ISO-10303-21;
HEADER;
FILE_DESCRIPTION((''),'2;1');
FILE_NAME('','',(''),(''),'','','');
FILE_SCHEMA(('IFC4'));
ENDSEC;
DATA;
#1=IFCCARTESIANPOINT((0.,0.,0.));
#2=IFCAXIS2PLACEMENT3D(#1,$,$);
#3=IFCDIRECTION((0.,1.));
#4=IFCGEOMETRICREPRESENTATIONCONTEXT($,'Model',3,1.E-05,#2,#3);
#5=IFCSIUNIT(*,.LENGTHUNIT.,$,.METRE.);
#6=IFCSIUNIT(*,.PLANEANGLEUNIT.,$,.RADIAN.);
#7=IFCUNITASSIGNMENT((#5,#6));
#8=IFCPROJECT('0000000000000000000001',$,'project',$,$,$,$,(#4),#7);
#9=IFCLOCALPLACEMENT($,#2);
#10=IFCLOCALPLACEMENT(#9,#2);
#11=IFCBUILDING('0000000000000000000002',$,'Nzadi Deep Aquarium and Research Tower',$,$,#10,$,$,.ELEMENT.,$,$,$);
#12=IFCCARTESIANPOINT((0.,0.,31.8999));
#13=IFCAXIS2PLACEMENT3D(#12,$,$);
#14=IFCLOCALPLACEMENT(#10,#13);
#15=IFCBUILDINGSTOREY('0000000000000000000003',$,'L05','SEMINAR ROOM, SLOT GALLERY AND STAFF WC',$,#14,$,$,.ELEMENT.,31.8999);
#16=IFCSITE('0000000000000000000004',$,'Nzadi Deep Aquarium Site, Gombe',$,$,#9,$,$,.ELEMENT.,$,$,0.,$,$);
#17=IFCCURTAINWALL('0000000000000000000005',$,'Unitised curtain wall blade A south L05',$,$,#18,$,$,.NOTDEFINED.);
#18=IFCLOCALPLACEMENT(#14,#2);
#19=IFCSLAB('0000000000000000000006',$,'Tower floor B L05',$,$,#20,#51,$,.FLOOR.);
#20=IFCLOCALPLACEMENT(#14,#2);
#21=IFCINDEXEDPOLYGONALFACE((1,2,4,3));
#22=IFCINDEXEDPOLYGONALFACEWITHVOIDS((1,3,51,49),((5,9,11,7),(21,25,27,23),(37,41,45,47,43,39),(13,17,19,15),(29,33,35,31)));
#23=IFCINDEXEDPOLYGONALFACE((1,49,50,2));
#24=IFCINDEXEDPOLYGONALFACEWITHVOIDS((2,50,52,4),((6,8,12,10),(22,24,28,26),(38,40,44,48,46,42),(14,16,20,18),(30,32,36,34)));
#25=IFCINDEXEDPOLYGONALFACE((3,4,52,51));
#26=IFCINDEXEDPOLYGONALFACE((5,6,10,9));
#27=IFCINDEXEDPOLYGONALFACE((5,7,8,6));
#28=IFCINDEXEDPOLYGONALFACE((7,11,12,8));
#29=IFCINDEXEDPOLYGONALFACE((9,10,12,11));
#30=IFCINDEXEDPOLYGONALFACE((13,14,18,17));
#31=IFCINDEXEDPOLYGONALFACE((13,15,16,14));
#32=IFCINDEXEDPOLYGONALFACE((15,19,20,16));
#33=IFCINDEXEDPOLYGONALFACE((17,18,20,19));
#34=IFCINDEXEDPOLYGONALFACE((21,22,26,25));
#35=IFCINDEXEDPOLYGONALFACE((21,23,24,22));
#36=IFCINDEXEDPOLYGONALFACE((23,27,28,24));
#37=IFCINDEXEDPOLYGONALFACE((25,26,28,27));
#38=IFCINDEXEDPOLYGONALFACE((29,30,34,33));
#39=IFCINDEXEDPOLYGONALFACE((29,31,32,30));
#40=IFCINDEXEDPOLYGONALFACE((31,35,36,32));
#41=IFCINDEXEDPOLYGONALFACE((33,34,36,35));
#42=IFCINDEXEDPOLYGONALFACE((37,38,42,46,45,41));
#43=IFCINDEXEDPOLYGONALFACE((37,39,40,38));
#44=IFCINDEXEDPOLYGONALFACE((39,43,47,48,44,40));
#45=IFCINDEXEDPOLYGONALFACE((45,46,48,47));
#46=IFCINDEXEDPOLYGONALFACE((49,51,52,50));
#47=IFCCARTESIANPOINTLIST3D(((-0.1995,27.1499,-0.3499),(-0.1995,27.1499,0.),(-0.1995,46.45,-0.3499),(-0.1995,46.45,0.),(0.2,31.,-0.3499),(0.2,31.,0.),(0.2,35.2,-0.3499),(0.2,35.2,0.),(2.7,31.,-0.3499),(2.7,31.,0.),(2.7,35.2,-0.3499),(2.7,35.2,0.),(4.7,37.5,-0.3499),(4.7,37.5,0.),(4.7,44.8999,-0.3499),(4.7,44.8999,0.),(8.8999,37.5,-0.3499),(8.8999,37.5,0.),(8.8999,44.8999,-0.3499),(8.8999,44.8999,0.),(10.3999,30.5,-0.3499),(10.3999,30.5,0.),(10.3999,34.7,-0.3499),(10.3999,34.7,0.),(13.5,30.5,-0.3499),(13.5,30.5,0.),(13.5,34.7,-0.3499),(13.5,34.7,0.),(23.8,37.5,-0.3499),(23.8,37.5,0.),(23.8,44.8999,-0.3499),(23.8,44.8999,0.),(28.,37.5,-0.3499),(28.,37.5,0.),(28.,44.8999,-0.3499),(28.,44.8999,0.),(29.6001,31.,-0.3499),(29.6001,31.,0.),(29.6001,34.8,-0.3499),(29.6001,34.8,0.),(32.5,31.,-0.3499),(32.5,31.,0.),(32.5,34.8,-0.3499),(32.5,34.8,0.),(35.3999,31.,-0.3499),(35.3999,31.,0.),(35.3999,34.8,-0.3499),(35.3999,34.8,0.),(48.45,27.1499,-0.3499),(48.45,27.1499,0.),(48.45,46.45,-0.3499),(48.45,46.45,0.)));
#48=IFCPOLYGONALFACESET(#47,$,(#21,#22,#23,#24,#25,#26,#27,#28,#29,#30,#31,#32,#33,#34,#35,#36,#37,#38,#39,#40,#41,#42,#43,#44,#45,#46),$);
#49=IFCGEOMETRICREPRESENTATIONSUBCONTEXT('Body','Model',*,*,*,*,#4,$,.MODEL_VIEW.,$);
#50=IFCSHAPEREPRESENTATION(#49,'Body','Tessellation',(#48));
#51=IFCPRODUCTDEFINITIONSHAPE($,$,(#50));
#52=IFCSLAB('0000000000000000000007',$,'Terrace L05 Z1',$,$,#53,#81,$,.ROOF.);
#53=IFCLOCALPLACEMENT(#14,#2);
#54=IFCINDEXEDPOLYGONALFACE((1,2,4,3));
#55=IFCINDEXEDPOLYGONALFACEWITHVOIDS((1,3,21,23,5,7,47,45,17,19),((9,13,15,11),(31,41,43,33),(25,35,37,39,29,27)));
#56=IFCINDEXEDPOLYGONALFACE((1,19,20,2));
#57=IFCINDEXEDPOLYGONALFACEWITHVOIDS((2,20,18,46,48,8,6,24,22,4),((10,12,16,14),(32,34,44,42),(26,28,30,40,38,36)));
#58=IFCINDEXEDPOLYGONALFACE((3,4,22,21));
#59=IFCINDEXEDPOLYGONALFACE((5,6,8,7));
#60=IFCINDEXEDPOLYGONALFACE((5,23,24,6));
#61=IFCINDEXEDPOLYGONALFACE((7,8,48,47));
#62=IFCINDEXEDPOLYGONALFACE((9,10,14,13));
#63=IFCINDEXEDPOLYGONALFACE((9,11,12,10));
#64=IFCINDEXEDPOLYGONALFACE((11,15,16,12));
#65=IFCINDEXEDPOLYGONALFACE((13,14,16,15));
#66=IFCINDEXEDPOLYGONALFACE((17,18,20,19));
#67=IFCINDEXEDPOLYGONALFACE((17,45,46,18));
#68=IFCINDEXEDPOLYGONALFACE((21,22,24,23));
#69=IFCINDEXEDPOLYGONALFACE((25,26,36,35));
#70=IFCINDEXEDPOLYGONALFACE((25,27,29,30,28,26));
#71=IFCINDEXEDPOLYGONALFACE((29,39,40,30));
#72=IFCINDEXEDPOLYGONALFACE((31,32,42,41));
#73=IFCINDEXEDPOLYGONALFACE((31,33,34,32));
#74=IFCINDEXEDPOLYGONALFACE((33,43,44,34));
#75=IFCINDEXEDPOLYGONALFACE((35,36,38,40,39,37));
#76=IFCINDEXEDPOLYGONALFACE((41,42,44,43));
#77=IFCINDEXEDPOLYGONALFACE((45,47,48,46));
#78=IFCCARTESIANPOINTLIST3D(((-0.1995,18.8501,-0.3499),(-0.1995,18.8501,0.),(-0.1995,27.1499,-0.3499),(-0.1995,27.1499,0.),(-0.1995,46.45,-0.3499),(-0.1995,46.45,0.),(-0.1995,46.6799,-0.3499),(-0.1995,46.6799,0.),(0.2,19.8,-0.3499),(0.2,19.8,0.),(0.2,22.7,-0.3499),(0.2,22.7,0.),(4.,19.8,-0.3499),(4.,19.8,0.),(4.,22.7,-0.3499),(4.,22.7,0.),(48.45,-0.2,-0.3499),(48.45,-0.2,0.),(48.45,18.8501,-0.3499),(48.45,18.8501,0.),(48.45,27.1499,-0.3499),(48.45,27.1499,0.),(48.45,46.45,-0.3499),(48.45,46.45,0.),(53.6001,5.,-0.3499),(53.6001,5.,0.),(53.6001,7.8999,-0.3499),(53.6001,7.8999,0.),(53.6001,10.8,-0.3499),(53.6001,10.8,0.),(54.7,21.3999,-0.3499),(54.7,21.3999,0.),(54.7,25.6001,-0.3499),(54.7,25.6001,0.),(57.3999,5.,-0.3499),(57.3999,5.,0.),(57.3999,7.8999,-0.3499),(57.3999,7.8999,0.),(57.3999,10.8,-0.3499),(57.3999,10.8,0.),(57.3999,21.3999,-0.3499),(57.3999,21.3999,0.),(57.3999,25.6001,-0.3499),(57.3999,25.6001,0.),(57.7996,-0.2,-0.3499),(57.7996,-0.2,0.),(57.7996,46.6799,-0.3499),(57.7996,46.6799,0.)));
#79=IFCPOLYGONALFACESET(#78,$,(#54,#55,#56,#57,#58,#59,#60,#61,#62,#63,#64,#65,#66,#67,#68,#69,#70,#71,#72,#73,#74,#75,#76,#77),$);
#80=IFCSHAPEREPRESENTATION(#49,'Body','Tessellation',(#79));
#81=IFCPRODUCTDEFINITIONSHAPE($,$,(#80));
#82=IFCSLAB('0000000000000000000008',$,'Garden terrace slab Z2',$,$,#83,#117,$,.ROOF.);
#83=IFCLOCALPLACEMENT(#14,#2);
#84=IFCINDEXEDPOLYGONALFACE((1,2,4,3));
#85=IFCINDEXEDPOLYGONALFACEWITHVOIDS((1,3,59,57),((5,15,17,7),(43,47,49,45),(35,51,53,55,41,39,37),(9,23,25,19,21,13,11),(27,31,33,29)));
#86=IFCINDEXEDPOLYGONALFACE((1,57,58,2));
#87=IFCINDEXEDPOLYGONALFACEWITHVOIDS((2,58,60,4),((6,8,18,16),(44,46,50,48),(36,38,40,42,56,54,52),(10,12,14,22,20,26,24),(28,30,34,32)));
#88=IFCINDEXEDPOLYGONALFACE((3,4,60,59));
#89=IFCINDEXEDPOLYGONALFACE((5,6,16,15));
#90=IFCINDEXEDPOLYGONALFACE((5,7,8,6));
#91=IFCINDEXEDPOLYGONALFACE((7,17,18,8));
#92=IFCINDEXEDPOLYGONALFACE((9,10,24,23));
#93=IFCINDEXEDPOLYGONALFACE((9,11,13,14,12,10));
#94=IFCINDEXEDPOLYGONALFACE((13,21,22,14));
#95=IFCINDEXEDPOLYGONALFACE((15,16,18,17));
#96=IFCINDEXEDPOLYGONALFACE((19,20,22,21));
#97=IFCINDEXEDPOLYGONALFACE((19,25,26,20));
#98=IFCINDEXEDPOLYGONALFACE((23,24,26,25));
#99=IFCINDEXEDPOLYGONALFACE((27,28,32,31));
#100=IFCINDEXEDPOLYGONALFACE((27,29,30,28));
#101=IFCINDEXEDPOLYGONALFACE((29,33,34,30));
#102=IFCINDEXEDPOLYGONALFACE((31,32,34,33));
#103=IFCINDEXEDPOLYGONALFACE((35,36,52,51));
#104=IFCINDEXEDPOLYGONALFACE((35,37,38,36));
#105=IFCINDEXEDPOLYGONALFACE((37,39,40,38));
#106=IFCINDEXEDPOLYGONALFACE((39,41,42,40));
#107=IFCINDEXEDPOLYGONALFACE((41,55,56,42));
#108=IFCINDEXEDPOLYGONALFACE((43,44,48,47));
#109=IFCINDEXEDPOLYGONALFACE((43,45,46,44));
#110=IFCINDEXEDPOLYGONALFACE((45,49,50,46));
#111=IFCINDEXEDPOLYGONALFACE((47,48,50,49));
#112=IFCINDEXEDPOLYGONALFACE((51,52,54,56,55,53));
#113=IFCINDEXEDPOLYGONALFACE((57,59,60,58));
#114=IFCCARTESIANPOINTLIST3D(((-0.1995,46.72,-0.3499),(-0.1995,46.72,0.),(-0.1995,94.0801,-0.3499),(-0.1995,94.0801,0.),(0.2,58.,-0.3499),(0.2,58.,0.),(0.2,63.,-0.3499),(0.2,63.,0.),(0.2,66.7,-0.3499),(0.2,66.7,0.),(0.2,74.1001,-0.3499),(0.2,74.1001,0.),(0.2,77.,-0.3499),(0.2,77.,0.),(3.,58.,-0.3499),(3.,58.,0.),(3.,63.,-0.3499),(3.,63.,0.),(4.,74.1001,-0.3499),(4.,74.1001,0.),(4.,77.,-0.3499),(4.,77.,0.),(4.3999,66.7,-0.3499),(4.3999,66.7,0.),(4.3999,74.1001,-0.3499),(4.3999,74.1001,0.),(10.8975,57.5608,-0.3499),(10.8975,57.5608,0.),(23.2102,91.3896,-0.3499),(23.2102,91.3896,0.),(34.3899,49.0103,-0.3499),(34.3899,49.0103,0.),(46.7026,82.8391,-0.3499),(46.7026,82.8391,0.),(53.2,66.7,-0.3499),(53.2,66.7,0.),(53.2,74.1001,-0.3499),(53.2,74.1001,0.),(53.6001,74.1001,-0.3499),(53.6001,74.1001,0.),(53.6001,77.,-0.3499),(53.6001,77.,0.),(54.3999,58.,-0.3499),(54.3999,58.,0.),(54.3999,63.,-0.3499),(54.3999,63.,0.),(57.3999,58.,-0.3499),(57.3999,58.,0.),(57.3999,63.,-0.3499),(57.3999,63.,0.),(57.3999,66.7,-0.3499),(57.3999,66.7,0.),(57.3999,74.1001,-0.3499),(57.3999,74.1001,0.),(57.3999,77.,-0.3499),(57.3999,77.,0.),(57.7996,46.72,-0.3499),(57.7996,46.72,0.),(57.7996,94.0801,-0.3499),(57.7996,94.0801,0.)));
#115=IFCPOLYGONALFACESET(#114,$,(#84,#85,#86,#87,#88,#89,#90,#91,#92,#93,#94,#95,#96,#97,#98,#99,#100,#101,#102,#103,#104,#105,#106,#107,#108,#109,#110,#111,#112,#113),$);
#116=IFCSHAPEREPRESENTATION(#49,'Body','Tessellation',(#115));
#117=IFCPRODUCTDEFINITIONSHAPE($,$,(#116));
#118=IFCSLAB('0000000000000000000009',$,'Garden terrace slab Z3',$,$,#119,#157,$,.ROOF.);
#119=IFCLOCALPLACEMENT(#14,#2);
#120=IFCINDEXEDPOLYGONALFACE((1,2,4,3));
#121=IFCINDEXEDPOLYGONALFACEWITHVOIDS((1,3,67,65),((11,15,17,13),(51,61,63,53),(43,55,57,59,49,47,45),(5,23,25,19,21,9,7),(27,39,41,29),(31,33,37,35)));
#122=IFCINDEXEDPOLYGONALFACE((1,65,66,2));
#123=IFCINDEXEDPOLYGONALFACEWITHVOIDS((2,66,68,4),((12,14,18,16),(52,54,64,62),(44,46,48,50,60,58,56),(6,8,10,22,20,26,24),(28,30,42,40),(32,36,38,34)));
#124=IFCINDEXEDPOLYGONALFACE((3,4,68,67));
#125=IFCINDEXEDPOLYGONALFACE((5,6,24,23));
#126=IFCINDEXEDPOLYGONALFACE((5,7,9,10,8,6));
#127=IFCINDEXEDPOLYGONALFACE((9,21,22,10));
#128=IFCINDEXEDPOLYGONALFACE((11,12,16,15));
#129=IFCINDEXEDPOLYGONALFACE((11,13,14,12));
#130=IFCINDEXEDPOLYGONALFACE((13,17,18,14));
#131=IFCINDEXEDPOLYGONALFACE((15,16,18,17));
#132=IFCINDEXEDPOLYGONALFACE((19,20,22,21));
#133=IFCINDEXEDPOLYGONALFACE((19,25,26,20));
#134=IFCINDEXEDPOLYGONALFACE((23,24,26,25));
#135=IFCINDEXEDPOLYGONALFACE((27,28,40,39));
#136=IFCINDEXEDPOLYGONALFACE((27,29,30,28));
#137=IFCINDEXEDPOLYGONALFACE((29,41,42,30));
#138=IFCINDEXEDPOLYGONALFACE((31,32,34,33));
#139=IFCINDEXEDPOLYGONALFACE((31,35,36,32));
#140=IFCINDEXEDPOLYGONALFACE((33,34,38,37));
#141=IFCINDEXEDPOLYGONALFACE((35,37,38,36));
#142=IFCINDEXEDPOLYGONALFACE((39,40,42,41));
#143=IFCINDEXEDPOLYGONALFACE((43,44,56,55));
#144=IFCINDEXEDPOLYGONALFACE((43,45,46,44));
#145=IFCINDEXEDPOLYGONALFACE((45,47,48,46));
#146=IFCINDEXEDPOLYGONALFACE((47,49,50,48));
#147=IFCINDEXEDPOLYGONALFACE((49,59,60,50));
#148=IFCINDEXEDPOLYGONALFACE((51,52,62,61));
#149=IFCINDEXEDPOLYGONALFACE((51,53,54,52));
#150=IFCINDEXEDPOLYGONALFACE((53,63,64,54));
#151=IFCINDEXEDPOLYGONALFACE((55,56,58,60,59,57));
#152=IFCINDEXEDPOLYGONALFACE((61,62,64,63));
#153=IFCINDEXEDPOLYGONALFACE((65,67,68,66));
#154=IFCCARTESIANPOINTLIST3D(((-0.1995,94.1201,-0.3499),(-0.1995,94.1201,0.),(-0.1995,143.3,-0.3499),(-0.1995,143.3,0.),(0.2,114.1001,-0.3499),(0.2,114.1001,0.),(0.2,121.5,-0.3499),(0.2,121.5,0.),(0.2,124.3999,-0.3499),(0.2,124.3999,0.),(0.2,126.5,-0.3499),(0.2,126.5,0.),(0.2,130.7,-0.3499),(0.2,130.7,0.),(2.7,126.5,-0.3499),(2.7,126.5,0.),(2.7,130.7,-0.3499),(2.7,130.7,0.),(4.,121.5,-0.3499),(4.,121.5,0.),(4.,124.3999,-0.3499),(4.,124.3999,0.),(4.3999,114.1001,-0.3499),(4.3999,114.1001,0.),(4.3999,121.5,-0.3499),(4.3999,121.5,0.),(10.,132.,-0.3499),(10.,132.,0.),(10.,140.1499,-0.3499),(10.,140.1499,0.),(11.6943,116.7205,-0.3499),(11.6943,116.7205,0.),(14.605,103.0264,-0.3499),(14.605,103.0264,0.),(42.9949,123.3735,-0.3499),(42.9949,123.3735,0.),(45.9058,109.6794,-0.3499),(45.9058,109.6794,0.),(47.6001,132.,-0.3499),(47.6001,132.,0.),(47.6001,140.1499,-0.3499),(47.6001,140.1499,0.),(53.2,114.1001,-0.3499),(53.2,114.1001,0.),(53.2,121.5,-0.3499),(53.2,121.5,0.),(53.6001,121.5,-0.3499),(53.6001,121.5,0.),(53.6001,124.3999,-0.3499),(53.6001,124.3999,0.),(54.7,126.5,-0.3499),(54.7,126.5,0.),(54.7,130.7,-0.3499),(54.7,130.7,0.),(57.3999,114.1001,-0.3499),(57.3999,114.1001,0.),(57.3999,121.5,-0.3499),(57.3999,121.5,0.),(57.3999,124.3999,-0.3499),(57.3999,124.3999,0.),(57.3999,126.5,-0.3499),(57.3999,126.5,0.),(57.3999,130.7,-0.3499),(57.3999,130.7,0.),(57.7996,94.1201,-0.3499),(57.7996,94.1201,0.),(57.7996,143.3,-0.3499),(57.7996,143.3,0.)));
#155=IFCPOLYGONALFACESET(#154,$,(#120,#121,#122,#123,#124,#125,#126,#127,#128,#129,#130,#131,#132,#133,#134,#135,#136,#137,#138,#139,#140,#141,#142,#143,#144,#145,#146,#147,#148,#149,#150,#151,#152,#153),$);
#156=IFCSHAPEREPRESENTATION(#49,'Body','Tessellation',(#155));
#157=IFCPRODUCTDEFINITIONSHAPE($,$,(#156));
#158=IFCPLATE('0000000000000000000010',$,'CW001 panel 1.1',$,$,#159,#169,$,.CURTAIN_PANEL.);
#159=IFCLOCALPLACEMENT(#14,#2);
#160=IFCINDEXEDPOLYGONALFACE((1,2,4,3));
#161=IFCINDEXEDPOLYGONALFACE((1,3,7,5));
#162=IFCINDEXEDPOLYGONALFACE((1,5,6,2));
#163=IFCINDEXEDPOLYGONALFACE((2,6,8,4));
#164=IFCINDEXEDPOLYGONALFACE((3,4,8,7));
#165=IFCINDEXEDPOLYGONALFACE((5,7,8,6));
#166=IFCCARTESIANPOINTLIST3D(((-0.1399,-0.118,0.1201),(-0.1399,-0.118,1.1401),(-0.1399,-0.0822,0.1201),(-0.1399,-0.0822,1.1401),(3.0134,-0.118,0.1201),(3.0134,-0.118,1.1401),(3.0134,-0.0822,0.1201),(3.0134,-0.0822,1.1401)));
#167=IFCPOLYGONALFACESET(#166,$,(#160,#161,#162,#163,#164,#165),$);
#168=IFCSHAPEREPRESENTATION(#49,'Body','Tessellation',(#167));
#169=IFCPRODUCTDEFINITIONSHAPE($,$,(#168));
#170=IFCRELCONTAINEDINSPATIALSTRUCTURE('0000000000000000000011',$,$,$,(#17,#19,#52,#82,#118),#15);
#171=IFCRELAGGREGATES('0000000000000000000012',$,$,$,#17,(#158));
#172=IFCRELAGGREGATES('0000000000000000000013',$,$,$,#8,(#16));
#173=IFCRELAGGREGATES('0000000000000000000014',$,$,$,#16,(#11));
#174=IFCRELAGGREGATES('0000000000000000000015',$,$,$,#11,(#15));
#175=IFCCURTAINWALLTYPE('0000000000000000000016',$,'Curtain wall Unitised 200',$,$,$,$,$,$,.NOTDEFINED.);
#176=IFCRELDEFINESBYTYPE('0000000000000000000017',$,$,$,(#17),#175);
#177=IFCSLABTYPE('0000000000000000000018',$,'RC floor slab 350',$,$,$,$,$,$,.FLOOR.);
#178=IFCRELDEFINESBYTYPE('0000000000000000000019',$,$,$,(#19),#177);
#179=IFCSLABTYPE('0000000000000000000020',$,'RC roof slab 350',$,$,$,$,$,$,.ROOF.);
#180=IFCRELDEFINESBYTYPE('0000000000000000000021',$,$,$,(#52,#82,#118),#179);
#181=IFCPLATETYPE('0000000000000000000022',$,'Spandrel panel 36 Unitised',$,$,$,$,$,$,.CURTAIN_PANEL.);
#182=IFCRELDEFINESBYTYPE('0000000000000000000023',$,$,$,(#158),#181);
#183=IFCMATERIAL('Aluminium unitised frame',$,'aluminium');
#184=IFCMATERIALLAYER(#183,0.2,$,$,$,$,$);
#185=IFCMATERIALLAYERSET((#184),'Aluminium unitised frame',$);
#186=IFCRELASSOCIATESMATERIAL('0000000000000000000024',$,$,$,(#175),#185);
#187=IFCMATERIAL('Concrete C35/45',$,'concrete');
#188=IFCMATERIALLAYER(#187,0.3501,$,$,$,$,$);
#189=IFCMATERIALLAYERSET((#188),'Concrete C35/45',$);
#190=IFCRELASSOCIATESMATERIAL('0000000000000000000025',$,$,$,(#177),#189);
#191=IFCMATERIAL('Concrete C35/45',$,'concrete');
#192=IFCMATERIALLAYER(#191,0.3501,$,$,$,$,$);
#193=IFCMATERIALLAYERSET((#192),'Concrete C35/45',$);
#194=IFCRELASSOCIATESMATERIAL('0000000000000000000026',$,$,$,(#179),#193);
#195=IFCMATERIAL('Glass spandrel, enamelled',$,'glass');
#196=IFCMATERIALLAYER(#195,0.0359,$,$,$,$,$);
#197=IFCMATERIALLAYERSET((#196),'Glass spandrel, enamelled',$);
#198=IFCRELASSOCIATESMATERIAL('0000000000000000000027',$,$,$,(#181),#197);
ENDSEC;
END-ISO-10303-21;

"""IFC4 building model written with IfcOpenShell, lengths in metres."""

from ifc_helpers import new_model, si_unit, direction, frame, origin, origin_2d, place, context, subcontext, project, spatial, polyline, rectangle, outline, extrude, material, layer, layer_set, type_object, element, aggregate, save


model = new_model("IFC4")

# Units and contexts
model_context = context("Model", 3, precision=1e-05, world=origin(), true_north=direction((0.0, 1.0)))
body_context = subcontext(model_context, "Body", "Model", "MODEL_VIEW")
ifc_project = project(units=[si_unit("LENGTHUNIT", "METRE"), si_unit("PLANEANGLEUNIT", "RADIAN")], contexts=[model_context])

# Site, building, storey
site_placement = place(None, origin())
site = spatial("IfcSite", under=ifc_project, at=site_placement, Name="Nzadi Deep Aquarium Site, Gombe", CompositionType="ELEMENT", RefElevation=0.0)
building_placement = place(site_placement, origin())
building = spatial("IfcBuilding", under=site, at=building_placement, Name="Nzadi Deep Aquarium and Research Tower", CompositionType="ELEMENT")
storey_placement = place(building_placement, frame((0.0, 0.0, 31.8999)))
storey = spatial("IfcBuildingStorey", under=building, at=storey_placement, Name="L05", Description="SEMINAR ROOM, SLOT GALLERY AND STAFF WC", CompositionType="ELEMENT", Elevation=31.8999)

# Curtain wall
ifc_material_1 = material(Name="Aluminium unitised frame", Category="aluminium")
ifc_layer_1 = layer(ifc_material_1, 0.2)
ifc_layer_set_1 = layer_set([ifc_layer_1], Name="Aluminium unitised frame")
curtain_wall_type = type_object("IfcCurtainWallType", Name="Curtain wall Unitised 200", PredefinedType="NOTDEFINED", material=ifc_layer_set_1)
curtain_wall_placement = place(storey_placement, origin())
curtain_wall = element("IfcCurtainWall", 1, at=curtain_wall_placement, inside=storey, type_object=curtain_wall_type, Name="Unitised curtain wall blade A south L05", PredefinedType="NOTDEFINED")

# Slabs
ifc_material_2 = material(Name="Concrete C35/45", Category="concrete")
ifc_layer_2 = layer(ifc_material_2, 0.3501)
ifc_layer_set_2 = layer_set([ifc_layer_2], Name="Concrete C35/45")
slab_type_1 = type_object("IfcSlabType", Name="RC floor slab 350", PredefinedType="FLOOR", material=ifc_layer_set_2)
slab_1_placement = place(storey_placement, frame((0.0, 0.0, -0.3499)))
element("IfcSlab", 2, at=slab_1_placement, inside=storey, type_object=slab_type_1, Name="Tower floor B L05", PredefinedType="FLOOR", context=body_context, shape_type="SweptSolid", body=[
    extrude(outline(polyline([(-0.1995, 46.45), (-0.1995, 27.1499), (48.45, 27.1499), (48.45, 46.45), (-0.1995, 46.45)]), holes=[polyline([(4.7, 44.8999), (8.8999, 44.8999), (8.8999, 37.5), (4.7, 37.5), (4.7, 44.8999)]), polyline([(28.0, 44.8999), (28.0, 37.5), (23.8, 37.5), (23.8, 44.8999), (28.0, 44.8999)]), polyline([(2.7, 31.0), (0.2, 31.0), (0.2, 35.2), (2.7, 35.2), (2.7, 31.0)]), polyline([(10.3999, 30.5), (10.3999, 34.7), (13.5, 34.7), (13.5, 30.5), (10.3999, 30.5)]), polyline([(29.6001, 34.8), (32.5, 34.8), (35.3999, 34.8), (35.3999, 31.0), (32.5, 31.0), (29.6001, 31.0), (29.6001, 34.8)])]), origin(), (0.0, 0.0, 1.0), 0.3499),
])
ifc_material_3 = material(Name="Concrete C35/45", Category="concrete")
ifc_layer_3 = layer(ifc_material_3, 0.3501)
ifc_layer_set_3 = layer_set([ifc_layer_3], Name="Concrete C35/45")
slab_type_2 = type_object("IfcSlabType", Name="RC roof slab 350", PredefinedType="ROOF", material=ifc_layer_set_3)
slab_2_placement = place(storey_placement, frame((0.0, 0.0, -0.3499)))
element("IfcSlab", 3, at=slab_2_placement, inside=storey, type_object=slab_type_2, Name="Terrace L05 Z1", PredefinedType="ROOF", context=body_context, shape_type="SweptSolid", body=[
    extrude(outline(polyline([(-0.1995, 18.8501), (48.45, 18.8501), (48.45, -0.2), (57.7996, -0.2), (57.7996, 46.6799), (-0.1995, 46.6799), (-0.1995, 46.45), (48.45, 46.45), (48.45, 27.1499), (-0.1995, 27.1499), (-0.1995, 18.8501)]), holes=[polyline([(4.0, 19.8), (0.2, 19.8), (0.2, 22.7), (4.0, 22.7), (4.0, 19.8)]), polyline([(57.3999, 5.0), (53.6001, 5.0), (53.6001, 7.8999), (53.6001, 10.8), (57.3999, 10.8), (57.3999, 7.8999), (57.3999, 5.0)]), polyline([(57.3999, 25.6001), (57.3999, 21.3999), (54.7, 21.3999), (54.7, 25.6001), (57.3999, 25.6001)])]), origin(), (0.0, 0.0, 1.0), 0.3499),
])
slab_3_placement = place(storey_placement, frame((0.0, 0.0, -0.3499)))
element("IfcSlab", 4, at=slab_3_placement, inside=storey, type_object=slab_type_2, Name="Garden terrace slab Z2", PredefinedType="ROOF", context=body_context, shape_type="SweptSolid", body=[
    extrude(outline(polyline([(57.7996, 94.0801), (-0.1995, 94.0801), (-0.1995, 46.72), (57.7996, 46.72), (57.7996, 94.0801)]), holes=[polyline([(4.0, 77.0), (4.0, 74.1001), (4.3999, 74.1001), (4.3999, 66.7), (0.2, 66.7), (0.2, 74.1001), (0.2, 77.0), (4.0, 77.0)]), polyline([(57.3999, 77.0), (57.3999, 74.1001), (57.3999, 66.7), (53.2, 66.7), (53.2, 74.1001), (53.6001, 74.1001), (53.6001, 77.0), (57.3999, 77.0)]), polyline([(0.2, 58.0), (0.2, 63.0), (3.0, 63.0), (3.0, 58.0), (0.2, 58.0)]), polyline([(54.3999, 63.0), (57.3999, 63.0), (57.3999, 58.0), (54.3999, 58.0), (54.3999, 63.0)]), polyline([(34.3899, 49.0103), (10.8975, 57.5608), (23.2102, 91.3896), (46.7026, 82.8391), (34.3899, 49.0103)])]), origin(), (0.0, 0.0, 1.0), 0.3499),
])
slab_4_placement = place(storey_placement, frame((0.0, 0.0, -0.3499)))
element("IfcSlab", 5, at=slab_4_placement, inside=storey, type_object=slab_type_2, Name="Garden terrace slab Z3", PredefinedType="ROOF", context=body_context, shape_type="SweptSolid", body=[
    extrude(outline(polyline([(57.7996, 94.1201), (57.7996, 143.3), (-0.1995, 143.3), (-0.1995, 94.1201), (57.7996, 94.1201)]), holes=[polyline([(0.2, 124.3999), (4.0, 124.3999), (4.0, 121.5), (4.3999, 121.5), (4.3999, 114.1001), (0.2, 114.1001), (0.2, 121.5), (0.2, 124.3999)]), polyline([(53.6001, 124.3999), (57.3999, 124.3999), (57.3999, 121.5), (57.3999, 114.1001), (53.2, 114.1001), (53.2, 121.5), (53.6001, 121.5), (53.6001, 124.3999)]), polyline([(2.7, 126.5), (0.2, 126.5), (0.2, 130.7), (2.7, 130.7), (2.7, 126.5)]), polyline([(54.7, 126.5), (54.7, 130.7), (57.3999, 130.7), (57.3999, 126.5), (54.7, 126.5)]), polyline([(42.9949, 123.3735), (45.9058, 109.6794), (14.605, 103.0264), (11.6943, 116.7205), (42.9949, 123.3735)]), polyline([(47.6001, 140.1499), (47.6001, 132.0), (10.0, 132.0), (10.0, 140.1499), (47.6001, 140.1499)])]), origin(), (0.0, 0.0, 1.0), 0.3499),
])

# Plate
ifc_material_4 = material(Name="Glass spandrel, enamelled", Category="glass")
ifc_layer_4 = layer(ifc_material_4, 0.0359)
ifc_layer_set_4 = layer_set([ifc_layer_4], Name="Glass spandrel, enamelled")
plate_type_1 = type_object("IfcPlateType", Name="Spandrel panel 36 Unitised", PredefinedType="CURTAIN_PANEL", material=ifc_layer_set_4)
plate_1_placement = place(storey_placement, frame((1.4368, -0.1001, 0.1201), z_axis=(0.0, 0.0, 1.0), x_axis=(1.0, 0.0, 0.0)))
plate_1 = element("IfcPlate", 6, at=plate_1_placement, type_object=plate_type_1, Name="CW001 panel 1.1", PredefinedType="CURTAIN_PANEL", context=body_context, shape_type="SweptSolid", body=[
    extrude(rectangle(XDim=3.1533, YDim=0.0359, at=origin_2d()), origin(), (0.0, 0.0, 1.0), 1.02),
])
aggregate(curtain_wall, [plate_1])

save(model, "model.ifc")
